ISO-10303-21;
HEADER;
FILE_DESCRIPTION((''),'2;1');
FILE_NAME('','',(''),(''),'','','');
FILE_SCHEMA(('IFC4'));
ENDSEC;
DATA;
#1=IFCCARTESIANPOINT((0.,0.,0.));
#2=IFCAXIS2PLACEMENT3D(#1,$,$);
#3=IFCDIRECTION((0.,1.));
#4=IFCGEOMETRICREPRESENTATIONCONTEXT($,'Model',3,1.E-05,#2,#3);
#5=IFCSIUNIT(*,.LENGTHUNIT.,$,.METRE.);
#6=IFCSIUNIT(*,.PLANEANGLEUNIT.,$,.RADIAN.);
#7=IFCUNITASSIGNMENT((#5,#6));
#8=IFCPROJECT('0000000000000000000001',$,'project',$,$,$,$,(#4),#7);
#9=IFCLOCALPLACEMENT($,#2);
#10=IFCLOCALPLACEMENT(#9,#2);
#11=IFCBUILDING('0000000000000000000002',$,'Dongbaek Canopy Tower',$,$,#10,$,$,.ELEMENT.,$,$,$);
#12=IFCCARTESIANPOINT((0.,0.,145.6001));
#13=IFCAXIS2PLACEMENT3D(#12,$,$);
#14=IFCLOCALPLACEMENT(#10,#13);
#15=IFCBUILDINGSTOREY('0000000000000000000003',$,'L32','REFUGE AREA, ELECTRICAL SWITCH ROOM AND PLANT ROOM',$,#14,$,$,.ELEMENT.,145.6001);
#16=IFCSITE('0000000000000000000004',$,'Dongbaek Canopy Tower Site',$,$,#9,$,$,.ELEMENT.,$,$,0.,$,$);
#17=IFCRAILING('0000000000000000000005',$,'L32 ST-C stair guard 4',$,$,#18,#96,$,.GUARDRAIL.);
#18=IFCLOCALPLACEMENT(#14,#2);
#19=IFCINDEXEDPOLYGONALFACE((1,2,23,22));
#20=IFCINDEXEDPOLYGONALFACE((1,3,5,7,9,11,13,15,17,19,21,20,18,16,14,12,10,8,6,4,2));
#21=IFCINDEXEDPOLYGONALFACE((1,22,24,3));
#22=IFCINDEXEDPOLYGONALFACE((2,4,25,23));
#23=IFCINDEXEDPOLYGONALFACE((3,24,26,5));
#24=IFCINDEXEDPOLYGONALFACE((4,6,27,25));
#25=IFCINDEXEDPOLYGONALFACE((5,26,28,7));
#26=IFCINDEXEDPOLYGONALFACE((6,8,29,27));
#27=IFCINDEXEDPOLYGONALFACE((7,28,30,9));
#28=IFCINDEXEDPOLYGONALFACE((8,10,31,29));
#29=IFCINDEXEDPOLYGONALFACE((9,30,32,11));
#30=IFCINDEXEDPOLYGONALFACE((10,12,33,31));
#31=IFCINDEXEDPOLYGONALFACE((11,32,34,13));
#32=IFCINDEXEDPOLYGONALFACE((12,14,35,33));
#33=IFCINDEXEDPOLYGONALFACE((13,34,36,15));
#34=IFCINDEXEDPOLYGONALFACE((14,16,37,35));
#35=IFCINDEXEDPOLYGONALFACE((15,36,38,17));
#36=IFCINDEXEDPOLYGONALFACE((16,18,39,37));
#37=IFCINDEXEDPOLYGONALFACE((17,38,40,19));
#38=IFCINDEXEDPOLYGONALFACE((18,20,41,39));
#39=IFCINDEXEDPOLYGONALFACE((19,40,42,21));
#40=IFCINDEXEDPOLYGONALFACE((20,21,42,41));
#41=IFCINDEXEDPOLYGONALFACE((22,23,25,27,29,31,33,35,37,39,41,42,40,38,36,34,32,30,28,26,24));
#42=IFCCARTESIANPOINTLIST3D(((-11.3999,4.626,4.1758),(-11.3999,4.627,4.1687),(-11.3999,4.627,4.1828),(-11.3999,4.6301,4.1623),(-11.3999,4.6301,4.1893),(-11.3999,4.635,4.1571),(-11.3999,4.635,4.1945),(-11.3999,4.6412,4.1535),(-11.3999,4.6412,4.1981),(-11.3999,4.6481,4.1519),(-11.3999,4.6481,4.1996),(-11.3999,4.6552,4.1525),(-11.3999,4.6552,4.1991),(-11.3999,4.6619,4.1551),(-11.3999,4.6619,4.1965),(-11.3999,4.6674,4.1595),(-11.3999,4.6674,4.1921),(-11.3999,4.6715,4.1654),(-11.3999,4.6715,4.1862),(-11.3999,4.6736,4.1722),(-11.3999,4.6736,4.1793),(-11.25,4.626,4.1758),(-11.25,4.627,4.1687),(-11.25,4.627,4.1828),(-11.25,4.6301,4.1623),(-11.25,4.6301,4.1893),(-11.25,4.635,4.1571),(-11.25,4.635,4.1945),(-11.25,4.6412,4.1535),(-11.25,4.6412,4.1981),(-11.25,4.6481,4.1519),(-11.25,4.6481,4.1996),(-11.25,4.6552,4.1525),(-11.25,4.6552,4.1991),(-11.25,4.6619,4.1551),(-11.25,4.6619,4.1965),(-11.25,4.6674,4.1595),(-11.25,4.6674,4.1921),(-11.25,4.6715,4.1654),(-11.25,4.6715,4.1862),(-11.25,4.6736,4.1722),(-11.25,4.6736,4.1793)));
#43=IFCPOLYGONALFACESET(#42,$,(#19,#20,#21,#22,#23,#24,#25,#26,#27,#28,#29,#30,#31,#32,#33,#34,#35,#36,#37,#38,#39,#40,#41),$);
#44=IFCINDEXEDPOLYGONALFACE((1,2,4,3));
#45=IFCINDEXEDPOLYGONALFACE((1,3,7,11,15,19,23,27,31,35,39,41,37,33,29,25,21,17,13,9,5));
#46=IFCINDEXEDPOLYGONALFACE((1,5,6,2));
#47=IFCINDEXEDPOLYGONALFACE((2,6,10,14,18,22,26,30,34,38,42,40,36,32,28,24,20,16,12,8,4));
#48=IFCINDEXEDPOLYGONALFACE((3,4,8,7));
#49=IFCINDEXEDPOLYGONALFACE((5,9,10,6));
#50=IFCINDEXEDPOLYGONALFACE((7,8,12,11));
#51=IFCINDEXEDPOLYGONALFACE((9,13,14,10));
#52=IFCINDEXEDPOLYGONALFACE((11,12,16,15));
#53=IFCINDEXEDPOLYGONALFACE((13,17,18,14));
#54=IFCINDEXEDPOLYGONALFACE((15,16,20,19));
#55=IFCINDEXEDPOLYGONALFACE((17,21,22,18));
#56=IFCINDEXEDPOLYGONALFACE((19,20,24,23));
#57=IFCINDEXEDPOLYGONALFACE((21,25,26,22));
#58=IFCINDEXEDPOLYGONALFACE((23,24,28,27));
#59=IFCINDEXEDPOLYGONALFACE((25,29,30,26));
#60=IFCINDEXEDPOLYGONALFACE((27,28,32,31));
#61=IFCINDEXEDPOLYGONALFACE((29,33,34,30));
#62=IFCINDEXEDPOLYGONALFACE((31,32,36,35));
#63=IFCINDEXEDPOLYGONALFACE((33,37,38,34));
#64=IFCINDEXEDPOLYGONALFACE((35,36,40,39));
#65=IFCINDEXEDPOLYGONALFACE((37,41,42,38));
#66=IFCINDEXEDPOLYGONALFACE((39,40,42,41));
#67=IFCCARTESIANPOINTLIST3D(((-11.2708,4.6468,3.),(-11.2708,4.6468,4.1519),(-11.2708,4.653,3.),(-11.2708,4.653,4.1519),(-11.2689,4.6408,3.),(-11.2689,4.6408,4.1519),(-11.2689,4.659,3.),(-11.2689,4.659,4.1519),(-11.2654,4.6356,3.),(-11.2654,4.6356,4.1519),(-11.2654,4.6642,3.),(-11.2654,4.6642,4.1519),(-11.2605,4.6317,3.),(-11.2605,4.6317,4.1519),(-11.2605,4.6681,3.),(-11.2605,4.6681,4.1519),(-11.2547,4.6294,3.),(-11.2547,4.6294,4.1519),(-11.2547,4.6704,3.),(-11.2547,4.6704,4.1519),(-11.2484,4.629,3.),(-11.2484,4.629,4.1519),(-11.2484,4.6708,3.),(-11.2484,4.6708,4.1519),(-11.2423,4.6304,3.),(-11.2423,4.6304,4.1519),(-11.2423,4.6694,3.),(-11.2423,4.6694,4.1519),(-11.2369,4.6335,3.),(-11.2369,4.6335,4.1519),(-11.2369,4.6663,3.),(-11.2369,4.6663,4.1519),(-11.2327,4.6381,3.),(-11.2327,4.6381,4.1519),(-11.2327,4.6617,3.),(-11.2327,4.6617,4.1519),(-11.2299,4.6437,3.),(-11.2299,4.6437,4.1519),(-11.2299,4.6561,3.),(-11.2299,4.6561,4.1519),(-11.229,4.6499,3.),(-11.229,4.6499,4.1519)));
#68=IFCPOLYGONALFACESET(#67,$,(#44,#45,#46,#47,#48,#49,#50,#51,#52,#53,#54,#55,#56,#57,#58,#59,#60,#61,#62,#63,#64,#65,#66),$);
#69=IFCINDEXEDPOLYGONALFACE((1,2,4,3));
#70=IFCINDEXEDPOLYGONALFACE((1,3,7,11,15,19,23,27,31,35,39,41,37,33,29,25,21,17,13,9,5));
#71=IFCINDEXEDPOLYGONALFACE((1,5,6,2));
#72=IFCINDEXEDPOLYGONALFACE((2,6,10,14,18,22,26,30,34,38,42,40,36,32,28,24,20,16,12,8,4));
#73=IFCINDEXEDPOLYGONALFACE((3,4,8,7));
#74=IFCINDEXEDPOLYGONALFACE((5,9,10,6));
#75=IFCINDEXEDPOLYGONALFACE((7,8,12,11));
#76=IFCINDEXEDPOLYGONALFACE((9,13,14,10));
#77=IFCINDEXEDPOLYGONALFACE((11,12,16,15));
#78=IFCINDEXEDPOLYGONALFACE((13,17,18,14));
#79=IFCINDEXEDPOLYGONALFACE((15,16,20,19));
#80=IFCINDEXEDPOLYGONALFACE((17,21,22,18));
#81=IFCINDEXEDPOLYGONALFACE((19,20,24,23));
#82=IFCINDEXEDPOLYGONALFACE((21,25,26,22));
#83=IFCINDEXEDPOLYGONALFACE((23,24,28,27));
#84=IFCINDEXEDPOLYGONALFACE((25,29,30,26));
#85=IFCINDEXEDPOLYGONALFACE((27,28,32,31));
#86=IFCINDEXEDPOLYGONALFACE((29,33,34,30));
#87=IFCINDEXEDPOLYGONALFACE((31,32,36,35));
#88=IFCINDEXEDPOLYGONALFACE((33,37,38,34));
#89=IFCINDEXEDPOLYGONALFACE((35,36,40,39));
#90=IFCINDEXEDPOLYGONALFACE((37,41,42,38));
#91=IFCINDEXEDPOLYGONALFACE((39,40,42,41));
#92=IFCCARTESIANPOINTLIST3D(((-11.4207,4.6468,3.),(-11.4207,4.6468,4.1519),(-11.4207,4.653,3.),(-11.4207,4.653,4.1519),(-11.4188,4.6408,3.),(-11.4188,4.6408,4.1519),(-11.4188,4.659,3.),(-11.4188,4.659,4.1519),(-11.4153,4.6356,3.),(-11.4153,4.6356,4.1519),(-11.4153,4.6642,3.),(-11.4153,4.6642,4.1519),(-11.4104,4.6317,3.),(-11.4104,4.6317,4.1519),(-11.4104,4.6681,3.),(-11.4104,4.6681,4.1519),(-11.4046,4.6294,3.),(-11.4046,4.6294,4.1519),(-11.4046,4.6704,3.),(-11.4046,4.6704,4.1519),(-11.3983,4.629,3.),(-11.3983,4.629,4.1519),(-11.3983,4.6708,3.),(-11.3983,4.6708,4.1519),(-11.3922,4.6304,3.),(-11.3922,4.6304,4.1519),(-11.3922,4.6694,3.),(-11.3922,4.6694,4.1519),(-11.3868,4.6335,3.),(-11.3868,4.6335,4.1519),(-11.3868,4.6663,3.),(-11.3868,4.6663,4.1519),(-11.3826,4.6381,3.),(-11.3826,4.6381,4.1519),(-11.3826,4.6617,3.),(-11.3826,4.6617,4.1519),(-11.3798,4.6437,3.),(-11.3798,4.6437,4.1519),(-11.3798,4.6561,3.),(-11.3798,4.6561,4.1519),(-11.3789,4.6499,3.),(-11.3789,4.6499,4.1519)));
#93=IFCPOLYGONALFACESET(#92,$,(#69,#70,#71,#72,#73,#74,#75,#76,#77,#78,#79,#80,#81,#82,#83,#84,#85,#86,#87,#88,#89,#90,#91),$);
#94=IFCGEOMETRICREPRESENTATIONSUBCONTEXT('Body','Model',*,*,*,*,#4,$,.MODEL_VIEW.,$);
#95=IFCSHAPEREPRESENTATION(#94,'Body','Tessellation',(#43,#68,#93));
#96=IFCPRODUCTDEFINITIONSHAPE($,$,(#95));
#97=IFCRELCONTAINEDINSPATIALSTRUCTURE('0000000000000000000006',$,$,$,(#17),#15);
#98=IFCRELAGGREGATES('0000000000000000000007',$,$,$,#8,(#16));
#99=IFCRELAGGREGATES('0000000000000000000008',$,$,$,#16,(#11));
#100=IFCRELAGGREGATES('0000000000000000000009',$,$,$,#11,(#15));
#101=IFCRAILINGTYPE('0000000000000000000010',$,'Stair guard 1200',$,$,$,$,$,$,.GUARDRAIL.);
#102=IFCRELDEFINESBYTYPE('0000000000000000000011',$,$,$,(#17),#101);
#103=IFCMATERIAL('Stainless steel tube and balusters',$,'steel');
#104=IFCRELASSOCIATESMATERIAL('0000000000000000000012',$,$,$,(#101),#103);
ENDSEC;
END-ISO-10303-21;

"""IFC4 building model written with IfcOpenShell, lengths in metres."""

from ifc_helpers import new_model, si_unit, direction, frame, origin, origin_2d, place, context, subcontext, project, spatial, circle, extrude, material, type_object, element, save


model = new_model("IFC4")

# Units and contexts
model_context = context("Model", 3, precision=1e-05, world=origin(), true_north=direction((0.0, 1.0)))
body_context = subcontext(model_context, "Body", "Model", "MODEL_VIEW")
ifc_project = project(units=[si_unit("LENGTHUNIT", "METRE"), si_unit("PLANEANGLEUNIT", "RADIAN")], contexts=[model_context])

# Site, building, storey
site_placement = place(None, origin())
site = spatial("IfcSite", under=ifc_project, at=site_placement, Name="Dongbaek Canopy Tower Site", CompositionType="ELEMENT", RefElevation=0.0)
building_placement = place(site_placement, origin())
building = spatial("IfcBuilding", under=site, at=building_placement, Name="Dongbaek Canopy Tower", CompositionType="ELEMENT")
storey_placement = place(building_placement, frame((0.0, 0.0, 145.6001)))
storey = spatial("IfcBuildingStorey", under=building, at=storey_placement, Name="L32", Description="REFUGE AREA, ELECTRICAL SWITCH ROOM AND PLANT ROOM", CompositionType="ELEMENT", Elevation=145.6001)

# Railing
ifc_material_1 = material(Name="Stainless steel tube and balusters", Category="steel")
railing_type_1 = type_object("IfcRailingType", Name="Stair guard 1200", PredefinedType="GUARDRAIL", material=ifc_material_1)
railing_1_placement = place(storey_placement, frame((-11.25, 4.6499, 3.0)))
element("IfcRailing", 1, at=railing_1_placement, inside=storey, type_object=railing_type_1, Name="L32 ST-C stair guard 4", PredefinedType="GUARDRAIL", context=body_context, shape_type="SweptSolid", body=[
    extrude(circle(Radius=0.0239, at=origin_2d()), frame((0.0, 0.0, 1.1758), z_axis=(-1.0, 0.0, 0.0), x_axis=(0.0, -1.0, 0.0)), (0.0, 0.0, 1.0), 0.1499),
    extrude(circle(Radius=0.021, at=origin_2d()), origin(), (0.0, 0.0, 1.0), 1.1519),
    extrude(circle(Radius=0.021, at=origin_2d()), frame((-0.1499, 0.0, 0.0)), (0.0, 0.0, 1.0), 1.1519),
])

save(model, "model.ifc")
